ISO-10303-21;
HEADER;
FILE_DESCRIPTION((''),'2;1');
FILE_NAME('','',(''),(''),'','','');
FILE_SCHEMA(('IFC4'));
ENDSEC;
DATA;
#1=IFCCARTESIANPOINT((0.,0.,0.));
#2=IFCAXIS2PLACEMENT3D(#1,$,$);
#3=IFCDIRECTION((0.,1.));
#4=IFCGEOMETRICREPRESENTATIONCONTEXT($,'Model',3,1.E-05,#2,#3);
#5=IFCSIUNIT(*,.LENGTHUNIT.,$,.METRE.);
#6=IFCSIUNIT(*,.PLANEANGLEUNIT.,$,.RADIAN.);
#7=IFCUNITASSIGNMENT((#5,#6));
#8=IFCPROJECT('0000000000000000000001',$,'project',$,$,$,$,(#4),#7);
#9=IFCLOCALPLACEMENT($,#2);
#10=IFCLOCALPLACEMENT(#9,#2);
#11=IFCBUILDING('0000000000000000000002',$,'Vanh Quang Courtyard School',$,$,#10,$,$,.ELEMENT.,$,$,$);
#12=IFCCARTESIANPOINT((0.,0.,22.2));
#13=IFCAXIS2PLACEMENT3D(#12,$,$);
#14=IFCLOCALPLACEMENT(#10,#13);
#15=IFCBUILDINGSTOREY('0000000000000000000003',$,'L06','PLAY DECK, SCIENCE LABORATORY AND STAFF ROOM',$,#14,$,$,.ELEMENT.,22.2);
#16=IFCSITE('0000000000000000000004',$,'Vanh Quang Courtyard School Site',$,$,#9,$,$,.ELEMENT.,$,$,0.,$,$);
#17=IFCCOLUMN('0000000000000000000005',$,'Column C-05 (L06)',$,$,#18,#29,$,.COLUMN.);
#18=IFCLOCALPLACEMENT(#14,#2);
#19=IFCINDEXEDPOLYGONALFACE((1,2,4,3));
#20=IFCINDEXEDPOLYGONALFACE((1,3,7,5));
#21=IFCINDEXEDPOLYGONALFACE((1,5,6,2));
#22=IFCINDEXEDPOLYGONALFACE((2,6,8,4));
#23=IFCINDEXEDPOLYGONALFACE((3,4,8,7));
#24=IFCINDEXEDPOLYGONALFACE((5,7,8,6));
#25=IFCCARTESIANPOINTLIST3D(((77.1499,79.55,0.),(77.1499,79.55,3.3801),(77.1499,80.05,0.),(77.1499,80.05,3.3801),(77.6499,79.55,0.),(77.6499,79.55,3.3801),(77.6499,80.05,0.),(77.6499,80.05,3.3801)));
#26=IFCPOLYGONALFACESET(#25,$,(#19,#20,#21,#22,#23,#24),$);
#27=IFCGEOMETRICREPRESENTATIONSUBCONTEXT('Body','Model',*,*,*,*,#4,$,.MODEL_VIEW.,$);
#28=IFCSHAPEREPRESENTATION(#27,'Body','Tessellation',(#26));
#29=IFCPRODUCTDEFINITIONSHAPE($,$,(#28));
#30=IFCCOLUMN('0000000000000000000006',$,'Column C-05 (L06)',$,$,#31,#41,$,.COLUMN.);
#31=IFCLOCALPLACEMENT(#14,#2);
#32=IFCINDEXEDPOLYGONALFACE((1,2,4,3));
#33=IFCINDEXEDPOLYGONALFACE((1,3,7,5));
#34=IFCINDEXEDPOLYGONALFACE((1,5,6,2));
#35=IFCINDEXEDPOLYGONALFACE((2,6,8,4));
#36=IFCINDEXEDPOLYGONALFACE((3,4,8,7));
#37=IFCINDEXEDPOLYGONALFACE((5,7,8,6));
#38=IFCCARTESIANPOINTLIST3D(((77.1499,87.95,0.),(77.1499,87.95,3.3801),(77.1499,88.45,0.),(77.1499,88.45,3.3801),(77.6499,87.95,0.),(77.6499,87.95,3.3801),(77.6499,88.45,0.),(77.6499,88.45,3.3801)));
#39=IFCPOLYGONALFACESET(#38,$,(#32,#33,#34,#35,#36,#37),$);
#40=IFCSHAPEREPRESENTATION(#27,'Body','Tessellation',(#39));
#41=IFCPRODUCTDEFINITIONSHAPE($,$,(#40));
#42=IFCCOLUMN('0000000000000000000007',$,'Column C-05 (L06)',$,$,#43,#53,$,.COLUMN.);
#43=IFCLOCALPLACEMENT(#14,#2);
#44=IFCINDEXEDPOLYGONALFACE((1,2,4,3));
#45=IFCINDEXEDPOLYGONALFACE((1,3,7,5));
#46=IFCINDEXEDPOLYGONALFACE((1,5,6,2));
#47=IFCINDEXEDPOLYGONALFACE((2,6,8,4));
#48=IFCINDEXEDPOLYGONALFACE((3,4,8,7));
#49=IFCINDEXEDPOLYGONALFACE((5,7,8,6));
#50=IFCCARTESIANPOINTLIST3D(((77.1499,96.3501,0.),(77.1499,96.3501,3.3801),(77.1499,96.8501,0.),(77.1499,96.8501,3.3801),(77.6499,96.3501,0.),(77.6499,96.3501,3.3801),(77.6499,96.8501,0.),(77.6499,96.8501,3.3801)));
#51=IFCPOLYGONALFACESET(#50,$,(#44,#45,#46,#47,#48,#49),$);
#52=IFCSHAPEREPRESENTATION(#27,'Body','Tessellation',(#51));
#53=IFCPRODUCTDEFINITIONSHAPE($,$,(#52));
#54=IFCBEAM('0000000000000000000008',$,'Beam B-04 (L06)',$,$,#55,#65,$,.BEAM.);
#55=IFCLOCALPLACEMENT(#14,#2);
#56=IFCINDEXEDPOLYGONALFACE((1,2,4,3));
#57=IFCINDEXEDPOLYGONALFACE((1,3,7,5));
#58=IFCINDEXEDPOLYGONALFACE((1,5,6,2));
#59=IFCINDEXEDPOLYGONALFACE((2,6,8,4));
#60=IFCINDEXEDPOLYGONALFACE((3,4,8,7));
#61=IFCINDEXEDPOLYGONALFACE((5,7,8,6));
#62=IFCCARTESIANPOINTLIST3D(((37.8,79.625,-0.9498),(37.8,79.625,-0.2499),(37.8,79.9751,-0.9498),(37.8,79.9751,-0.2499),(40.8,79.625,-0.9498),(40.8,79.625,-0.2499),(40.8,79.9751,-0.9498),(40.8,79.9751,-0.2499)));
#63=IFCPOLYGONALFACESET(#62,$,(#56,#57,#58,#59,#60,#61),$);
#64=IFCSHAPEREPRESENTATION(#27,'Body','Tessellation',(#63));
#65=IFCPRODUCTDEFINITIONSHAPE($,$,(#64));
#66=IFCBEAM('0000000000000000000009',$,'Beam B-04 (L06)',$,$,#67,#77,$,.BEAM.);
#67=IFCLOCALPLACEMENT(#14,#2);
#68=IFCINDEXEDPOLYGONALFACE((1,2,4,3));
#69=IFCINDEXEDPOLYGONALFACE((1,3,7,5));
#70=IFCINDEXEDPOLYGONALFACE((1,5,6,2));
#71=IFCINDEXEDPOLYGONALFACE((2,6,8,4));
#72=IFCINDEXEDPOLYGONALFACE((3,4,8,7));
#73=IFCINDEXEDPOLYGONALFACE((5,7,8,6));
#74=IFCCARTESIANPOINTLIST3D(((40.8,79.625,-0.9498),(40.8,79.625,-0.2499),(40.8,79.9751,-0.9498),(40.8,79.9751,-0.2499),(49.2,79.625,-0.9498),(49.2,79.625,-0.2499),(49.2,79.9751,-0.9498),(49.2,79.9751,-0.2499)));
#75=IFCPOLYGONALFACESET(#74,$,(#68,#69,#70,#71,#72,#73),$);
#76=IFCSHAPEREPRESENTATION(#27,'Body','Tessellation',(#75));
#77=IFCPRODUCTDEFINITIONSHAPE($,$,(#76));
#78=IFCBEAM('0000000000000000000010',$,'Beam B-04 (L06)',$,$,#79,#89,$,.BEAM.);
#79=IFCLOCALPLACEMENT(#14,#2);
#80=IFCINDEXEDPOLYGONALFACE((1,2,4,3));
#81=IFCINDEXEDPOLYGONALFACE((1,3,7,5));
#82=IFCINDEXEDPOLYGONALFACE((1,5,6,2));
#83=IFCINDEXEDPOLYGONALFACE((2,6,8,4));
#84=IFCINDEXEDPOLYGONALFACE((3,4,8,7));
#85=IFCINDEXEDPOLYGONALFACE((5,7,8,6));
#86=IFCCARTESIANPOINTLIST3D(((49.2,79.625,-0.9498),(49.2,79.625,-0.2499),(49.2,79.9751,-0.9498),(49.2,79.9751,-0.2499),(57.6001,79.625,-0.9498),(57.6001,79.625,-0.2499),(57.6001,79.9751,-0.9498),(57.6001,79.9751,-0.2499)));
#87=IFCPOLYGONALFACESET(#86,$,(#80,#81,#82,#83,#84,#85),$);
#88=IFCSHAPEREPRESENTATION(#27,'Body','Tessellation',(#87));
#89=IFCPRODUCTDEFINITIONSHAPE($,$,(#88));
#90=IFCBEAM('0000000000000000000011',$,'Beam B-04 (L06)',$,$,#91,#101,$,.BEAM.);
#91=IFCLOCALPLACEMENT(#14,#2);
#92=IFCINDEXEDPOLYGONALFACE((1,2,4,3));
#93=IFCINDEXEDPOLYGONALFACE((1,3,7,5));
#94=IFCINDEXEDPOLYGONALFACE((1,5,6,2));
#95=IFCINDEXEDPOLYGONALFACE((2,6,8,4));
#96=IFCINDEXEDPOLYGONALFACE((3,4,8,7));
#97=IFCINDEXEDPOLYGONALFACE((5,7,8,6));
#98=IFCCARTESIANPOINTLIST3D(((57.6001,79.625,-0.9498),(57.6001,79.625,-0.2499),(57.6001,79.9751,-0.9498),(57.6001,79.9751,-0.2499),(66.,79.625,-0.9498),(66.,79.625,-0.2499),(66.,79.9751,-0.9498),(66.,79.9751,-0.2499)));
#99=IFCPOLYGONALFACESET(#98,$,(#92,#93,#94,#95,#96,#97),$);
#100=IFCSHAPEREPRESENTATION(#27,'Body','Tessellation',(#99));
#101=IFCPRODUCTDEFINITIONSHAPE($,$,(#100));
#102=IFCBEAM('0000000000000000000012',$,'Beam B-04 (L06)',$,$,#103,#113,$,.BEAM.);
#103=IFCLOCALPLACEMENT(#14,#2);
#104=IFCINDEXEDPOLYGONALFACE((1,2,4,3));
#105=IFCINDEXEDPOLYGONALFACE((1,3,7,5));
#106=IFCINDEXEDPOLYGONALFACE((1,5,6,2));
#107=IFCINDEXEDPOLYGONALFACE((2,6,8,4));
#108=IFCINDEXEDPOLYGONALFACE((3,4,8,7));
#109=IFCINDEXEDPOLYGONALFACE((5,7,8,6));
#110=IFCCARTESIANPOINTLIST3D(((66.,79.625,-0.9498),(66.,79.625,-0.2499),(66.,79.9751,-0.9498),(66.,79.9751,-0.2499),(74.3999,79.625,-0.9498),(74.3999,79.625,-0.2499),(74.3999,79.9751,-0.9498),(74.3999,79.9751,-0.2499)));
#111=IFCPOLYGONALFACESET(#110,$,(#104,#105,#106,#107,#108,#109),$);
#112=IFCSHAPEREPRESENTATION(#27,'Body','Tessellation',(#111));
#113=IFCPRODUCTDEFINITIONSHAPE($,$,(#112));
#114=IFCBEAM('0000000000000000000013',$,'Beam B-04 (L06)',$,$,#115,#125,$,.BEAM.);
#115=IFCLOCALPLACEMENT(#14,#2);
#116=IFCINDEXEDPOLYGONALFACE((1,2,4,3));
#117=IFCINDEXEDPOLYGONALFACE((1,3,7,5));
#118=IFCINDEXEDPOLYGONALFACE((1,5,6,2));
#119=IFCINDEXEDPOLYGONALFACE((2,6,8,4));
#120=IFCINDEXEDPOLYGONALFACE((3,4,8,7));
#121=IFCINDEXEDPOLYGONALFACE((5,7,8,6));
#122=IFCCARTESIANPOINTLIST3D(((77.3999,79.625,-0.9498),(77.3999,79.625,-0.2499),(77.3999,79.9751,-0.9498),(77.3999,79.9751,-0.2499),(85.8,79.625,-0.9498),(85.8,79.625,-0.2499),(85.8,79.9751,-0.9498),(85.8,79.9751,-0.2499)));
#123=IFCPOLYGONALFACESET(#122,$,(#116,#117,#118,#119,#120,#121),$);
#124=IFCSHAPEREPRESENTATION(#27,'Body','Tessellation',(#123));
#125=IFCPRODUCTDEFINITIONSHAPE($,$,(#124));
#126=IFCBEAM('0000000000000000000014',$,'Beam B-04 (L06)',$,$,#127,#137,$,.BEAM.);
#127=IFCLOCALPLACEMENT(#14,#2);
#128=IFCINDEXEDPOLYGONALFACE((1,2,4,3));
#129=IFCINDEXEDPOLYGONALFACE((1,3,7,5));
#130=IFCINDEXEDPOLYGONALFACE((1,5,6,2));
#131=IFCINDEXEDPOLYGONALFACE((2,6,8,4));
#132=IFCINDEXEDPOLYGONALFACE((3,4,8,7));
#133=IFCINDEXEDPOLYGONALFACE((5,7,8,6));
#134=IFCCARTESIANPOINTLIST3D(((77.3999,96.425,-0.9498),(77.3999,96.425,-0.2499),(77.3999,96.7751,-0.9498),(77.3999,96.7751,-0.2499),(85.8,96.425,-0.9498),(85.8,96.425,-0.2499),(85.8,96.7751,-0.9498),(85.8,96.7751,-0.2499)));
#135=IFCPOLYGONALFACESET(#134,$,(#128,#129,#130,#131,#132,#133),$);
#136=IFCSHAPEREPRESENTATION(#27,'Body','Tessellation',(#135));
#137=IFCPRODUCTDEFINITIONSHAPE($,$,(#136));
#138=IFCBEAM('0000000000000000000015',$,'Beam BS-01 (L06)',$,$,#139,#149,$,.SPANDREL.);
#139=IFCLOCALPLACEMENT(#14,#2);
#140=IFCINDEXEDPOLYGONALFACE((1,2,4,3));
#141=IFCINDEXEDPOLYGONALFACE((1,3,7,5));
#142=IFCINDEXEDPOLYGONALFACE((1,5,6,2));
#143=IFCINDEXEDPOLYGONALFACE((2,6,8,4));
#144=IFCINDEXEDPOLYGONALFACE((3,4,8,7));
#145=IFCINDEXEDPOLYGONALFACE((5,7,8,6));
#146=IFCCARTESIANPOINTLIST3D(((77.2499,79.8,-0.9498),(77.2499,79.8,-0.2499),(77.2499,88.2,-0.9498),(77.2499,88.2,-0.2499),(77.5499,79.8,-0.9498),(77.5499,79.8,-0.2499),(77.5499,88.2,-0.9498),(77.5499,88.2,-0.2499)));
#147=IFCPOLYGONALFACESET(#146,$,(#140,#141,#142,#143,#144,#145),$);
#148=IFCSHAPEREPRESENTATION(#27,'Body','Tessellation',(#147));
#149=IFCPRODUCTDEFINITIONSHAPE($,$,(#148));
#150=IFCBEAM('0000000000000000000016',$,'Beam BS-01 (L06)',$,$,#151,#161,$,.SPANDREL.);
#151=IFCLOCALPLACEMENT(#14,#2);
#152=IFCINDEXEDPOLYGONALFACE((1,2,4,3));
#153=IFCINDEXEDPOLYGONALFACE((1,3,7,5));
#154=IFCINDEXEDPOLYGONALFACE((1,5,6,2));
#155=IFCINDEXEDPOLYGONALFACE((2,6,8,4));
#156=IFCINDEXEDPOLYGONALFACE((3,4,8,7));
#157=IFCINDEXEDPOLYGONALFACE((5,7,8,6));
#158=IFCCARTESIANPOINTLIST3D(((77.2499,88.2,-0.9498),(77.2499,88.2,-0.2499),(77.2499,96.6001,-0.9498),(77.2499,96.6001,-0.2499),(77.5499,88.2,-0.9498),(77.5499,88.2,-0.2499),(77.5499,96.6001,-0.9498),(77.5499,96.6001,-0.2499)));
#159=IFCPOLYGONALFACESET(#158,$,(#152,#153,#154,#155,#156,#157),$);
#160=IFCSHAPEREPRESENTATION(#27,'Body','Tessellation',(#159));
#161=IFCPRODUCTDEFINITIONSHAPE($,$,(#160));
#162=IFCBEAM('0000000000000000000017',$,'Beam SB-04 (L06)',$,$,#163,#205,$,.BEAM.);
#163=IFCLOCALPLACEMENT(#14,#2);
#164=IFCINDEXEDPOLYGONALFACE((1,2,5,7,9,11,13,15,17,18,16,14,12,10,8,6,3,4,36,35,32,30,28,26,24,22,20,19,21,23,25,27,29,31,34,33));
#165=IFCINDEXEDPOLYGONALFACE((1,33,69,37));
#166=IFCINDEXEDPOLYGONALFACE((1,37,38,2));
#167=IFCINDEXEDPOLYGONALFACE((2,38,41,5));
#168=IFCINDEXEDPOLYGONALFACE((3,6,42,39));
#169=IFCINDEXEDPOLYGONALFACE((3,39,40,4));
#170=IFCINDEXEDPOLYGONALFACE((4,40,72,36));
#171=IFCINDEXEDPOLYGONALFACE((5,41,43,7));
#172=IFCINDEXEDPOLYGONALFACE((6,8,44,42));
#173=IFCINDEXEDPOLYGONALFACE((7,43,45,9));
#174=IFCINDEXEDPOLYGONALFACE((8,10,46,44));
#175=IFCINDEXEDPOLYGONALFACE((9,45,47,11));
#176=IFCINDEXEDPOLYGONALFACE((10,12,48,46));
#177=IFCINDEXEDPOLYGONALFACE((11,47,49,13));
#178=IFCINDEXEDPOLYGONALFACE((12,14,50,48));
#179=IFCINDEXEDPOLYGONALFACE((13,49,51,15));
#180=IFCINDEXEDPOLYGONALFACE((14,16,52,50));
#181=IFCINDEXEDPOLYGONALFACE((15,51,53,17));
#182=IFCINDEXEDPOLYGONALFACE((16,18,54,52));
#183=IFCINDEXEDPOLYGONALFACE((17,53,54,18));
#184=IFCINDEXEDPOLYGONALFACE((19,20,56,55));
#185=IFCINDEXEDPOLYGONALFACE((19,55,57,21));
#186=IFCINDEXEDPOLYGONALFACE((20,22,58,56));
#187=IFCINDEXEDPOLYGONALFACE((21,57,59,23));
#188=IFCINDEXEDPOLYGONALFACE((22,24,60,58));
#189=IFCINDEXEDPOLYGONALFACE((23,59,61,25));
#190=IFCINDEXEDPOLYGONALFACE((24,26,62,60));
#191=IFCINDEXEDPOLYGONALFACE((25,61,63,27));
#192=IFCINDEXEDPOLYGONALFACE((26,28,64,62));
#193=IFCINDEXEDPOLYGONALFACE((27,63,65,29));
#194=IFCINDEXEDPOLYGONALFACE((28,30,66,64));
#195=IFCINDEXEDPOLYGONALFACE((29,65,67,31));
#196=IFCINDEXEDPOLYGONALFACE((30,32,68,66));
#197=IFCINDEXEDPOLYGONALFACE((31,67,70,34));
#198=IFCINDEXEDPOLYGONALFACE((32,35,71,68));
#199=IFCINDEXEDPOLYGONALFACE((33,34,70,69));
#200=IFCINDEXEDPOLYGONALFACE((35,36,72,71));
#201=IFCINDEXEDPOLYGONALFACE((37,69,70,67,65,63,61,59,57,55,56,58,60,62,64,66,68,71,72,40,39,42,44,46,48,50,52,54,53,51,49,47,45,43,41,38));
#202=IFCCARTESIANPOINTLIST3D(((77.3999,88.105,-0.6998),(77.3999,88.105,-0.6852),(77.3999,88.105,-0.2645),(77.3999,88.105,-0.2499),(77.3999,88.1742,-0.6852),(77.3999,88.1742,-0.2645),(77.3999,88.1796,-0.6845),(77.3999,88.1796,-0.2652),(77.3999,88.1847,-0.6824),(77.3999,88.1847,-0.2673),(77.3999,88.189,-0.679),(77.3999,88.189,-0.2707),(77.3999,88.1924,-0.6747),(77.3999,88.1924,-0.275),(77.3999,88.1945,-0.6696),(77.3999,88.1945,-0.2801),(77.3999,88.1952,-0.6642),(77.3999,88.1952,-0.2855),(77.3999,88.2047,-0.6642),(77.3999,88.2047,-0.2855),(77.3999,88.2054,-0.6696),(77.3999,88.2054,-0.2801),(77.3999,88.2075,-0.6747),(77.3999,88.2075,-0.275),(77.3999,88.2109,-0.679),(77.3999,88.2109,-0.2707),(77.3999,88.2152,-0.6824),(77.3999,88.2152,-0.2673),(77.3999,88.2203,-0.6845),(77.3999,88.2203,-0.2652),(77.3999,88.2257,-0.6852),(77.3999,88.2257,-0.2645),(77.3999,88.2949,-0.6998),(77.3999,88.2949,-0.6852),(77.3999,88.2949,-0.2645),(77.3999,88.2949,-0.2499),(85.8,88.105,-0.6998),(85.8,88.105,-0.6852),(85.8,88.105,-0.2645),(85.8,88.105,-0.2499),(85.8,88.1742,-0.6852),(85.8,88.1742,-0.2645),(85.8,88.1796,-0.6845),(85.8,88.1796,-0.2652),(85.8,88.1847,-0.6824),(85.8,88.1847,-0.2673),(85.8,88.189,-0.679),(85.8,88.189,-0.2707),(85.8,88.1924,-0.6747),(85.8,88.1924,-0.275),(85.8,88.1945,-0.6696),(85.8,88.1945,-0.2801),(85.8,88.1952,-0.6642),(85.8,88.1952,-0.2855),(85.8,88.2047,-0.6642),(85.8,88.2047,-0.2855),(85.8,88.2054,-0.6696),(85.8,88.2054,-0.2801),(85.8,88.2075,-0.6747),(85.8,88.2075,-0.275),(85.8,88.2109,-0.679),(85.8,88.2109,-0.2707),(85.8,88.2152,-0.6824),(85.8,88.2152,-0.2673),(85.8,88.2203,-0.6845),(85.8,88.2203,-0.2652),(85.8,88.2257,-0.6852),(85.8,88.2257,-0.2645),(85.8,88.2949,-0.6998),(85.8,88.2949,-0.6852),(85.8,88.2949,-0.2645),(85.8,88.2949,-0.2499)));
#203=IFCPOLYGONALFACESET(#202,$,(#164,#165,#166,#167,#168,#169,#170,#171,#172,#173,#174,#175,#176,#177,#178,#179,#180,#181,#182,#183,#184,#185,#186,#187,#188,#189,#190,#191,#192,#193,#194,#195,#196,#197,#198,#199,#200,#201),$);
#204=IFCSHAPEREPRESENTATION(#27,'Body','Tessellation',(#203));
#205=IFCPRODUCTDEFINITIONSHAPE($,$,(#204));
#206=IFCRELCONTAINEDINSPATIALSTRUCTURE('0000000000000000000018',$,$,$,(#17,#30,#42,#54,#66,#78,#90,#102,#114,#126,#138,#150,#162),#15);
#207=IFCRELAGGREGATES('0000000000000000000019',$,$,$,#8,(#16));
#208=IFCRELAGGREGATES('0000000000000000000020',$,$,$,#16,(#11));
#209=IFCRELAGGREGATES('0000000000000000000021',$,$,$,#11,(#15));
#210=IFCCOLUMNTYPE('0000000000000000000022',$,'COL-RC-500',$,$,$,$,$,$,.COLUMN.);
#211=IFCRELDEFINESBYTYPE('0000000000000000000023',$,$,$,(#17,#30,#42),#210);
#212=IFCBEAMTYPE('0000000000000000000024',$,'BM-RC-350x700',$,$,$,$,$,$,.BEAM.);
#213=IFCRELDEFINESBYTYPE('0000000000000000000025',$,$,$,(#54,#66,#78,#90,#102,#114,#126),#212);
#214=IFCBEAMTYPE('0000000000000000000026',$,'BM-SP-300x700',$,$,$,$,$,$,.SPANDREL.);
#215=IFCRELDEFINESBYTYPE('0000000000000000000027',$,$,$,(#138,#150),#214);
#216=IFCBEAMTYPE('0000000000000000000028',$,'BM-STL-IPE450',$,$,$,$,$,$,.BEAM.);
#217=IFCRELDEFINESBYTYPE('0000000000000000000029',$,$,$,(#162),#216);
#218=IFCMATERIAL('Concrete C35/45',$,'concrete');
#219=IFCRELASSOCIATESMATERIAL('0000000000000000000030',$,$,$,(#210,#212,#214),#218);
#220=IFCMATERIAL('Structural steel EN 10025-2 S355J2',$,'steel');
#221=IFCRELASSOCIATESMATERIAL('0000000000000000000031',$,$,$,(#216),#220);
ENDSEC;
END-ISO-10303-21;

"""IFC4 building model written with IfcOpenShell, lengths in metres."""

from ifc_helpers import new_model, si_unit, direction, frame, origin, origin_2d, place, context, subcontext, project, spatial, rectangle, i_section, extrude, material, material_profile, profile_set, type_object, element, save


model = new_model("IFC4")

# Units and contexts
model_context = context("Model", 3, precision=1e-05, world=origin(), true_north=direction((0.0, 1.0)))
body_context = subcontext(model_context, "Body", "Model", "MODEL_VIEW")
ifc_project = project(units=[si_unit("LENGTHUNIT", "METRE"), si_unit("PLANEANGLEUNIT", "RADIAN")], contexts=[model_context])

# Site, building, storey
site_placement = place(None, origin())
site = spatial("IfcSite", under=ifc_project, at=site_placement, Name="Vanh Quang Courtyard School Site", CompositionType="ELEMENT", RefElevation=0.0)
building_placement = place(site_placement, origin())
building = spatial("IfcBuilding", under=site, at=building_placement, Name="Vanh Quang Courtyard School", CompositionType="ELEMENT")
storey_placement = place(building_placement, frame((0.0, 0.0, 22.2)))
storey = spatial("IfcBuildingStorey", under=building, at=storey_placement, Name="L06", Description="PLAY DECK, SCIENCE LABORATORY AND STAFF ROOM", CompositionType="ELEMENT", Elevation=22.2)

# Columns
ifc_material_1 = material(Name="Concrete C35/45", Category="concrete")
ifc_material_profile_1 = material_profile(ifc_material_1, rectangle(XDim=0.5, YDim=0.5, at=origin_2d()), Name="RC-COL 500x500")
ifc_profile_set_1 = profile_set([ifc_material_profile_1], Name="Concrete C35/45")
column_type = type_object("IfcColumnType", Name="COL-RC-500", PredefinedType="COLUMN", material=ifc_profile_set_1)
for number, where, z_axis, x_axis, name in (
    (1, (77.3999, 79.8, 0.0), (0.0, 0.0, 1.0), (1.0, 0.0, 0.0), "Column C-05 (L06)"),
    (2, (77.3999, 88.2, 0.0), (0.0, 0.0, 1.0), (1.0, 0.0, 0.0), "Column C-05 (L06)"),
    (3, (77.3999, 96.6001, 0.0), (0.0, 0.0, 1.0), (1.0, 0.0, 0.0), "Column C-05 (L06)"),
):
    element("IfcColumn", number, at=place(storey_placement, frame(where, z_axis=z_axis, x_axis=x_axis)), inside=storey, type_object=column_type, Name=name, PredefinedType="COLUMN", context=body_context, shape_type="SweptSolid", body=[
        extrude(rectangle(XDim=0.5, YDim=0.5, at=origin_2d()), origin(), (0.0, 0.0, 1.0), 3.3801),
    ])

# Beams
ifc_material_profile_2 = material_profile(ifc_material_1, rectangle(XDim=0.3501, YDim=0.7, at=origin_2d()), Name="RC-BM 350x700")
ifc_profile_set_2 = profile_set([ifc_material_profile_2], Name="Concrete C35/45")
beam_type_1 = type_object("IfcBeamType", Name="BM-RC-350x700", PredefinedType="BEAM", material=ifc_profile_set_2)
beam_1_placement = place(storey_placement, frame((37.8, 79.8, -0.5999), z_axis=(1.0, 0.0, 0.0), x_axis=(0.0, 1.0, 0.0)))
element("IfcBeam", 4, at=beam_1_placement, inside=storey, type_object=beam_type_1, Name="Beam B-04 (L06)", PredefinedType="BEAM", context=body_context, shape_type="SweptSolid", body=[
    extrude(rectangle(XDim=0.3501, YDim=0.7, at=origin_2d()), origin(), (0.0, 0.0, 1.0), 3.0),
])
beam_2_placement = place(storey_placement, frame((40.8, 79.8, -0.5999), z_axis=(1.0, 0.0, 0.0), x_axis=(0.0, 1.0, 0.0)))
element("IfcBeam", 5, at=beam_2_placement, inside=storey, type_object=beam_type_1, Name="Beam B-04 (L06)", PredefinedType="BEAM", context=body_context, shape_type="SweptSolid", body=[
    extrude(rectangle(XDim=0.3501, YDim=0.7, at=origin_2d()), origin(), (0.0, 0.0, 1.0), 8.3999),
])
beam_3_placement = place(storey_placement, frame((49.2, 79.8, -0.5999), z_axis=(1.0, 0.0, 0.0), x_axis=(0.0, 1.0, 0.0)))
element("IfcBeam", 6, at=beam_3_placement, inside=storey, type_object=beam_type_1, Name="Beam B-04 (L06)", PredefinedType="BEAM", context=body_context, shape_type="SweptSolid", body=[
    extrude(rectangle(XDim=0.3501, YDim=0.7, at=origin_2d()), origin(), (0.0, 0.0, 1.0), 8.4001),
])
for number, where, z_axis, x_axis, name in (
    (7, (57.6001, 79.8, -0.5999), (1.0, 0.0, 0.0), (0.0, 1.0, 0.0), "Beam B-04 (L06)"),
    (8, (66.0, 79.8, -0.5999), (1.0, 0.0, 0.0), (0.0, 1.0, 0.0), "Beam B-04 (L06)"),
):
    element("IfcBeam", number, at=place(storey_placement, frame(where, z_axis=z_axis, x_axis=x_axis)), inside=storey, type_object=beam_type_1, Name=name, PredefinedType="BEAM", context=body_context, shape_type="SweptSolid", body=[
        extrude(rectangle(XDim=0.3501, YDim=0.7, at=origin_2d()), origin(), (0.0, 0.0, 1.0), 8.3999),
    ])
for number, where, z_axis, x_axis, name in (
    (9, (77.3999, 79.8, -0.5999), (1.0, 0.0, 0.0), (0.0, 1.0, 0.0), "Beam B-04 (L06)"),
    (10, (77.3999, 96.6001, -0.5999), (1.0, 0.0, 0.0), (0.0, 1.0, 0.0), "Beam B-04 (L06)"),
):
    element("IfcBeam", number, at=place(storey_placement, frame(where, z_axis=z_axis, x_axis=x_axis)), inside=storey, type_object=beam_type_1, Name=name, PredefinedType="BEAM", context=body_context, shape_type="SweptSolid", body=[
        extrude(rectangle(XDim=0.3501, YDim=0.7, at=origin_2d()), origin(), (0.0, 0.0, 1.0), 8.4001),
    ])
ifc_material_profile_3 = material_profile(ifc_material_1, rectangle(XDim=0.3, YDim=0.7, at=origin_2d()), Name="RC-SP 300x700")
ifc_profile_set_3 = profile_set([ifc_material_profile_3], Name="Concrete C35/45")
beam_type_2 = type_object("IfcBeamType", Name="BM-SP-300x700", PredefinedType="SPANDREL", material=ifc_profile_set_3)
beam_4_placement = place(storey_placement, frame((77.3999, 79.8, -0.5999), z_axis=(0.0, 1.0, 0.0), x_axis=(-1.0, 0.0, 0.0)))
element("IfcBeam", 11, at=beam_4_placement, inside=storey, type_object=beam_type_2, Name="Beam BS-01 (L06)", PredefinedType="SPANDREL", context=body_context, shape_type="SweptSolid", body=[
    extrude(rectangle(XDim=0.3, YDim=0.7, at=origin_2d()), origin(), (0.0, 0.0, 1.0), 8.3999),
])
beam_5_placement = place(storey_placement, frame((77.3999, 88.2, -0.5999), z_axis=(0.0, 1.0, 0.0), x_axis=(-1.0, 0.0, 0.0)))
element("IfcBeam", 12, at=beam_5_placement, inside=storey, type_object=beam_type_2, Name="Beam BS-01 (L06)", PredefinedType="SPANDREL", context=body_context, shape_type="SweptSolid", body=[
    extrude(rectangle(XDim=0.3, YDim=0.7, at=origin_2d()), origin(), (0.0, 0.0, 1.0), 8.4001),
])
ifc_material_2 = material(Name="Structural steel EN 10025-2 S355J2", Category="steel")
ifc_material_profile_4 = material_profile(ifc_material_2, i_section(OverallWidth=0.1899, OverallDepth=0.45, WebThickness=0.0095, FlangeThickness=0.0146, FilletRadius=0.021, at=origin_2d()), Name="IPE 450")
ifc_profile_set_4 = profile_set([ifc_material_profile_4], Name="Structural steel EN 10025-2 S355J2")
beam_type_3 = type_object("IfcBeamType", Name="BM-STL-IPE450", PredefinedType="BEAM", material=ifc_profile_set_4)
beam_6_placement = place(storey_placement, frame((77.3999, 88.2, -0.4749), z_axis=(1.0, 0.0, 0.0), x_axis=(0.0, 1.0, 0.0)))
element("IfcBeam", 13, at=beam_6_placement, inside=storey, type_object=beam_type_3, Name="Beam SB-04 (L06)", PredefinedType="BEAM", context=body_context, shape_type="SweptSolid", body=[
    extrude(i_section(OverallWidth=0.1899, OverallDepth=0.45, WebThickness=0.0095, FlangeThickness=0.0146, FilletRadius=0.021, at=origin_2d()), origin(), (0.0, 0.0, 1.0), 8.4001),
])

save(model, "model.ifc")
